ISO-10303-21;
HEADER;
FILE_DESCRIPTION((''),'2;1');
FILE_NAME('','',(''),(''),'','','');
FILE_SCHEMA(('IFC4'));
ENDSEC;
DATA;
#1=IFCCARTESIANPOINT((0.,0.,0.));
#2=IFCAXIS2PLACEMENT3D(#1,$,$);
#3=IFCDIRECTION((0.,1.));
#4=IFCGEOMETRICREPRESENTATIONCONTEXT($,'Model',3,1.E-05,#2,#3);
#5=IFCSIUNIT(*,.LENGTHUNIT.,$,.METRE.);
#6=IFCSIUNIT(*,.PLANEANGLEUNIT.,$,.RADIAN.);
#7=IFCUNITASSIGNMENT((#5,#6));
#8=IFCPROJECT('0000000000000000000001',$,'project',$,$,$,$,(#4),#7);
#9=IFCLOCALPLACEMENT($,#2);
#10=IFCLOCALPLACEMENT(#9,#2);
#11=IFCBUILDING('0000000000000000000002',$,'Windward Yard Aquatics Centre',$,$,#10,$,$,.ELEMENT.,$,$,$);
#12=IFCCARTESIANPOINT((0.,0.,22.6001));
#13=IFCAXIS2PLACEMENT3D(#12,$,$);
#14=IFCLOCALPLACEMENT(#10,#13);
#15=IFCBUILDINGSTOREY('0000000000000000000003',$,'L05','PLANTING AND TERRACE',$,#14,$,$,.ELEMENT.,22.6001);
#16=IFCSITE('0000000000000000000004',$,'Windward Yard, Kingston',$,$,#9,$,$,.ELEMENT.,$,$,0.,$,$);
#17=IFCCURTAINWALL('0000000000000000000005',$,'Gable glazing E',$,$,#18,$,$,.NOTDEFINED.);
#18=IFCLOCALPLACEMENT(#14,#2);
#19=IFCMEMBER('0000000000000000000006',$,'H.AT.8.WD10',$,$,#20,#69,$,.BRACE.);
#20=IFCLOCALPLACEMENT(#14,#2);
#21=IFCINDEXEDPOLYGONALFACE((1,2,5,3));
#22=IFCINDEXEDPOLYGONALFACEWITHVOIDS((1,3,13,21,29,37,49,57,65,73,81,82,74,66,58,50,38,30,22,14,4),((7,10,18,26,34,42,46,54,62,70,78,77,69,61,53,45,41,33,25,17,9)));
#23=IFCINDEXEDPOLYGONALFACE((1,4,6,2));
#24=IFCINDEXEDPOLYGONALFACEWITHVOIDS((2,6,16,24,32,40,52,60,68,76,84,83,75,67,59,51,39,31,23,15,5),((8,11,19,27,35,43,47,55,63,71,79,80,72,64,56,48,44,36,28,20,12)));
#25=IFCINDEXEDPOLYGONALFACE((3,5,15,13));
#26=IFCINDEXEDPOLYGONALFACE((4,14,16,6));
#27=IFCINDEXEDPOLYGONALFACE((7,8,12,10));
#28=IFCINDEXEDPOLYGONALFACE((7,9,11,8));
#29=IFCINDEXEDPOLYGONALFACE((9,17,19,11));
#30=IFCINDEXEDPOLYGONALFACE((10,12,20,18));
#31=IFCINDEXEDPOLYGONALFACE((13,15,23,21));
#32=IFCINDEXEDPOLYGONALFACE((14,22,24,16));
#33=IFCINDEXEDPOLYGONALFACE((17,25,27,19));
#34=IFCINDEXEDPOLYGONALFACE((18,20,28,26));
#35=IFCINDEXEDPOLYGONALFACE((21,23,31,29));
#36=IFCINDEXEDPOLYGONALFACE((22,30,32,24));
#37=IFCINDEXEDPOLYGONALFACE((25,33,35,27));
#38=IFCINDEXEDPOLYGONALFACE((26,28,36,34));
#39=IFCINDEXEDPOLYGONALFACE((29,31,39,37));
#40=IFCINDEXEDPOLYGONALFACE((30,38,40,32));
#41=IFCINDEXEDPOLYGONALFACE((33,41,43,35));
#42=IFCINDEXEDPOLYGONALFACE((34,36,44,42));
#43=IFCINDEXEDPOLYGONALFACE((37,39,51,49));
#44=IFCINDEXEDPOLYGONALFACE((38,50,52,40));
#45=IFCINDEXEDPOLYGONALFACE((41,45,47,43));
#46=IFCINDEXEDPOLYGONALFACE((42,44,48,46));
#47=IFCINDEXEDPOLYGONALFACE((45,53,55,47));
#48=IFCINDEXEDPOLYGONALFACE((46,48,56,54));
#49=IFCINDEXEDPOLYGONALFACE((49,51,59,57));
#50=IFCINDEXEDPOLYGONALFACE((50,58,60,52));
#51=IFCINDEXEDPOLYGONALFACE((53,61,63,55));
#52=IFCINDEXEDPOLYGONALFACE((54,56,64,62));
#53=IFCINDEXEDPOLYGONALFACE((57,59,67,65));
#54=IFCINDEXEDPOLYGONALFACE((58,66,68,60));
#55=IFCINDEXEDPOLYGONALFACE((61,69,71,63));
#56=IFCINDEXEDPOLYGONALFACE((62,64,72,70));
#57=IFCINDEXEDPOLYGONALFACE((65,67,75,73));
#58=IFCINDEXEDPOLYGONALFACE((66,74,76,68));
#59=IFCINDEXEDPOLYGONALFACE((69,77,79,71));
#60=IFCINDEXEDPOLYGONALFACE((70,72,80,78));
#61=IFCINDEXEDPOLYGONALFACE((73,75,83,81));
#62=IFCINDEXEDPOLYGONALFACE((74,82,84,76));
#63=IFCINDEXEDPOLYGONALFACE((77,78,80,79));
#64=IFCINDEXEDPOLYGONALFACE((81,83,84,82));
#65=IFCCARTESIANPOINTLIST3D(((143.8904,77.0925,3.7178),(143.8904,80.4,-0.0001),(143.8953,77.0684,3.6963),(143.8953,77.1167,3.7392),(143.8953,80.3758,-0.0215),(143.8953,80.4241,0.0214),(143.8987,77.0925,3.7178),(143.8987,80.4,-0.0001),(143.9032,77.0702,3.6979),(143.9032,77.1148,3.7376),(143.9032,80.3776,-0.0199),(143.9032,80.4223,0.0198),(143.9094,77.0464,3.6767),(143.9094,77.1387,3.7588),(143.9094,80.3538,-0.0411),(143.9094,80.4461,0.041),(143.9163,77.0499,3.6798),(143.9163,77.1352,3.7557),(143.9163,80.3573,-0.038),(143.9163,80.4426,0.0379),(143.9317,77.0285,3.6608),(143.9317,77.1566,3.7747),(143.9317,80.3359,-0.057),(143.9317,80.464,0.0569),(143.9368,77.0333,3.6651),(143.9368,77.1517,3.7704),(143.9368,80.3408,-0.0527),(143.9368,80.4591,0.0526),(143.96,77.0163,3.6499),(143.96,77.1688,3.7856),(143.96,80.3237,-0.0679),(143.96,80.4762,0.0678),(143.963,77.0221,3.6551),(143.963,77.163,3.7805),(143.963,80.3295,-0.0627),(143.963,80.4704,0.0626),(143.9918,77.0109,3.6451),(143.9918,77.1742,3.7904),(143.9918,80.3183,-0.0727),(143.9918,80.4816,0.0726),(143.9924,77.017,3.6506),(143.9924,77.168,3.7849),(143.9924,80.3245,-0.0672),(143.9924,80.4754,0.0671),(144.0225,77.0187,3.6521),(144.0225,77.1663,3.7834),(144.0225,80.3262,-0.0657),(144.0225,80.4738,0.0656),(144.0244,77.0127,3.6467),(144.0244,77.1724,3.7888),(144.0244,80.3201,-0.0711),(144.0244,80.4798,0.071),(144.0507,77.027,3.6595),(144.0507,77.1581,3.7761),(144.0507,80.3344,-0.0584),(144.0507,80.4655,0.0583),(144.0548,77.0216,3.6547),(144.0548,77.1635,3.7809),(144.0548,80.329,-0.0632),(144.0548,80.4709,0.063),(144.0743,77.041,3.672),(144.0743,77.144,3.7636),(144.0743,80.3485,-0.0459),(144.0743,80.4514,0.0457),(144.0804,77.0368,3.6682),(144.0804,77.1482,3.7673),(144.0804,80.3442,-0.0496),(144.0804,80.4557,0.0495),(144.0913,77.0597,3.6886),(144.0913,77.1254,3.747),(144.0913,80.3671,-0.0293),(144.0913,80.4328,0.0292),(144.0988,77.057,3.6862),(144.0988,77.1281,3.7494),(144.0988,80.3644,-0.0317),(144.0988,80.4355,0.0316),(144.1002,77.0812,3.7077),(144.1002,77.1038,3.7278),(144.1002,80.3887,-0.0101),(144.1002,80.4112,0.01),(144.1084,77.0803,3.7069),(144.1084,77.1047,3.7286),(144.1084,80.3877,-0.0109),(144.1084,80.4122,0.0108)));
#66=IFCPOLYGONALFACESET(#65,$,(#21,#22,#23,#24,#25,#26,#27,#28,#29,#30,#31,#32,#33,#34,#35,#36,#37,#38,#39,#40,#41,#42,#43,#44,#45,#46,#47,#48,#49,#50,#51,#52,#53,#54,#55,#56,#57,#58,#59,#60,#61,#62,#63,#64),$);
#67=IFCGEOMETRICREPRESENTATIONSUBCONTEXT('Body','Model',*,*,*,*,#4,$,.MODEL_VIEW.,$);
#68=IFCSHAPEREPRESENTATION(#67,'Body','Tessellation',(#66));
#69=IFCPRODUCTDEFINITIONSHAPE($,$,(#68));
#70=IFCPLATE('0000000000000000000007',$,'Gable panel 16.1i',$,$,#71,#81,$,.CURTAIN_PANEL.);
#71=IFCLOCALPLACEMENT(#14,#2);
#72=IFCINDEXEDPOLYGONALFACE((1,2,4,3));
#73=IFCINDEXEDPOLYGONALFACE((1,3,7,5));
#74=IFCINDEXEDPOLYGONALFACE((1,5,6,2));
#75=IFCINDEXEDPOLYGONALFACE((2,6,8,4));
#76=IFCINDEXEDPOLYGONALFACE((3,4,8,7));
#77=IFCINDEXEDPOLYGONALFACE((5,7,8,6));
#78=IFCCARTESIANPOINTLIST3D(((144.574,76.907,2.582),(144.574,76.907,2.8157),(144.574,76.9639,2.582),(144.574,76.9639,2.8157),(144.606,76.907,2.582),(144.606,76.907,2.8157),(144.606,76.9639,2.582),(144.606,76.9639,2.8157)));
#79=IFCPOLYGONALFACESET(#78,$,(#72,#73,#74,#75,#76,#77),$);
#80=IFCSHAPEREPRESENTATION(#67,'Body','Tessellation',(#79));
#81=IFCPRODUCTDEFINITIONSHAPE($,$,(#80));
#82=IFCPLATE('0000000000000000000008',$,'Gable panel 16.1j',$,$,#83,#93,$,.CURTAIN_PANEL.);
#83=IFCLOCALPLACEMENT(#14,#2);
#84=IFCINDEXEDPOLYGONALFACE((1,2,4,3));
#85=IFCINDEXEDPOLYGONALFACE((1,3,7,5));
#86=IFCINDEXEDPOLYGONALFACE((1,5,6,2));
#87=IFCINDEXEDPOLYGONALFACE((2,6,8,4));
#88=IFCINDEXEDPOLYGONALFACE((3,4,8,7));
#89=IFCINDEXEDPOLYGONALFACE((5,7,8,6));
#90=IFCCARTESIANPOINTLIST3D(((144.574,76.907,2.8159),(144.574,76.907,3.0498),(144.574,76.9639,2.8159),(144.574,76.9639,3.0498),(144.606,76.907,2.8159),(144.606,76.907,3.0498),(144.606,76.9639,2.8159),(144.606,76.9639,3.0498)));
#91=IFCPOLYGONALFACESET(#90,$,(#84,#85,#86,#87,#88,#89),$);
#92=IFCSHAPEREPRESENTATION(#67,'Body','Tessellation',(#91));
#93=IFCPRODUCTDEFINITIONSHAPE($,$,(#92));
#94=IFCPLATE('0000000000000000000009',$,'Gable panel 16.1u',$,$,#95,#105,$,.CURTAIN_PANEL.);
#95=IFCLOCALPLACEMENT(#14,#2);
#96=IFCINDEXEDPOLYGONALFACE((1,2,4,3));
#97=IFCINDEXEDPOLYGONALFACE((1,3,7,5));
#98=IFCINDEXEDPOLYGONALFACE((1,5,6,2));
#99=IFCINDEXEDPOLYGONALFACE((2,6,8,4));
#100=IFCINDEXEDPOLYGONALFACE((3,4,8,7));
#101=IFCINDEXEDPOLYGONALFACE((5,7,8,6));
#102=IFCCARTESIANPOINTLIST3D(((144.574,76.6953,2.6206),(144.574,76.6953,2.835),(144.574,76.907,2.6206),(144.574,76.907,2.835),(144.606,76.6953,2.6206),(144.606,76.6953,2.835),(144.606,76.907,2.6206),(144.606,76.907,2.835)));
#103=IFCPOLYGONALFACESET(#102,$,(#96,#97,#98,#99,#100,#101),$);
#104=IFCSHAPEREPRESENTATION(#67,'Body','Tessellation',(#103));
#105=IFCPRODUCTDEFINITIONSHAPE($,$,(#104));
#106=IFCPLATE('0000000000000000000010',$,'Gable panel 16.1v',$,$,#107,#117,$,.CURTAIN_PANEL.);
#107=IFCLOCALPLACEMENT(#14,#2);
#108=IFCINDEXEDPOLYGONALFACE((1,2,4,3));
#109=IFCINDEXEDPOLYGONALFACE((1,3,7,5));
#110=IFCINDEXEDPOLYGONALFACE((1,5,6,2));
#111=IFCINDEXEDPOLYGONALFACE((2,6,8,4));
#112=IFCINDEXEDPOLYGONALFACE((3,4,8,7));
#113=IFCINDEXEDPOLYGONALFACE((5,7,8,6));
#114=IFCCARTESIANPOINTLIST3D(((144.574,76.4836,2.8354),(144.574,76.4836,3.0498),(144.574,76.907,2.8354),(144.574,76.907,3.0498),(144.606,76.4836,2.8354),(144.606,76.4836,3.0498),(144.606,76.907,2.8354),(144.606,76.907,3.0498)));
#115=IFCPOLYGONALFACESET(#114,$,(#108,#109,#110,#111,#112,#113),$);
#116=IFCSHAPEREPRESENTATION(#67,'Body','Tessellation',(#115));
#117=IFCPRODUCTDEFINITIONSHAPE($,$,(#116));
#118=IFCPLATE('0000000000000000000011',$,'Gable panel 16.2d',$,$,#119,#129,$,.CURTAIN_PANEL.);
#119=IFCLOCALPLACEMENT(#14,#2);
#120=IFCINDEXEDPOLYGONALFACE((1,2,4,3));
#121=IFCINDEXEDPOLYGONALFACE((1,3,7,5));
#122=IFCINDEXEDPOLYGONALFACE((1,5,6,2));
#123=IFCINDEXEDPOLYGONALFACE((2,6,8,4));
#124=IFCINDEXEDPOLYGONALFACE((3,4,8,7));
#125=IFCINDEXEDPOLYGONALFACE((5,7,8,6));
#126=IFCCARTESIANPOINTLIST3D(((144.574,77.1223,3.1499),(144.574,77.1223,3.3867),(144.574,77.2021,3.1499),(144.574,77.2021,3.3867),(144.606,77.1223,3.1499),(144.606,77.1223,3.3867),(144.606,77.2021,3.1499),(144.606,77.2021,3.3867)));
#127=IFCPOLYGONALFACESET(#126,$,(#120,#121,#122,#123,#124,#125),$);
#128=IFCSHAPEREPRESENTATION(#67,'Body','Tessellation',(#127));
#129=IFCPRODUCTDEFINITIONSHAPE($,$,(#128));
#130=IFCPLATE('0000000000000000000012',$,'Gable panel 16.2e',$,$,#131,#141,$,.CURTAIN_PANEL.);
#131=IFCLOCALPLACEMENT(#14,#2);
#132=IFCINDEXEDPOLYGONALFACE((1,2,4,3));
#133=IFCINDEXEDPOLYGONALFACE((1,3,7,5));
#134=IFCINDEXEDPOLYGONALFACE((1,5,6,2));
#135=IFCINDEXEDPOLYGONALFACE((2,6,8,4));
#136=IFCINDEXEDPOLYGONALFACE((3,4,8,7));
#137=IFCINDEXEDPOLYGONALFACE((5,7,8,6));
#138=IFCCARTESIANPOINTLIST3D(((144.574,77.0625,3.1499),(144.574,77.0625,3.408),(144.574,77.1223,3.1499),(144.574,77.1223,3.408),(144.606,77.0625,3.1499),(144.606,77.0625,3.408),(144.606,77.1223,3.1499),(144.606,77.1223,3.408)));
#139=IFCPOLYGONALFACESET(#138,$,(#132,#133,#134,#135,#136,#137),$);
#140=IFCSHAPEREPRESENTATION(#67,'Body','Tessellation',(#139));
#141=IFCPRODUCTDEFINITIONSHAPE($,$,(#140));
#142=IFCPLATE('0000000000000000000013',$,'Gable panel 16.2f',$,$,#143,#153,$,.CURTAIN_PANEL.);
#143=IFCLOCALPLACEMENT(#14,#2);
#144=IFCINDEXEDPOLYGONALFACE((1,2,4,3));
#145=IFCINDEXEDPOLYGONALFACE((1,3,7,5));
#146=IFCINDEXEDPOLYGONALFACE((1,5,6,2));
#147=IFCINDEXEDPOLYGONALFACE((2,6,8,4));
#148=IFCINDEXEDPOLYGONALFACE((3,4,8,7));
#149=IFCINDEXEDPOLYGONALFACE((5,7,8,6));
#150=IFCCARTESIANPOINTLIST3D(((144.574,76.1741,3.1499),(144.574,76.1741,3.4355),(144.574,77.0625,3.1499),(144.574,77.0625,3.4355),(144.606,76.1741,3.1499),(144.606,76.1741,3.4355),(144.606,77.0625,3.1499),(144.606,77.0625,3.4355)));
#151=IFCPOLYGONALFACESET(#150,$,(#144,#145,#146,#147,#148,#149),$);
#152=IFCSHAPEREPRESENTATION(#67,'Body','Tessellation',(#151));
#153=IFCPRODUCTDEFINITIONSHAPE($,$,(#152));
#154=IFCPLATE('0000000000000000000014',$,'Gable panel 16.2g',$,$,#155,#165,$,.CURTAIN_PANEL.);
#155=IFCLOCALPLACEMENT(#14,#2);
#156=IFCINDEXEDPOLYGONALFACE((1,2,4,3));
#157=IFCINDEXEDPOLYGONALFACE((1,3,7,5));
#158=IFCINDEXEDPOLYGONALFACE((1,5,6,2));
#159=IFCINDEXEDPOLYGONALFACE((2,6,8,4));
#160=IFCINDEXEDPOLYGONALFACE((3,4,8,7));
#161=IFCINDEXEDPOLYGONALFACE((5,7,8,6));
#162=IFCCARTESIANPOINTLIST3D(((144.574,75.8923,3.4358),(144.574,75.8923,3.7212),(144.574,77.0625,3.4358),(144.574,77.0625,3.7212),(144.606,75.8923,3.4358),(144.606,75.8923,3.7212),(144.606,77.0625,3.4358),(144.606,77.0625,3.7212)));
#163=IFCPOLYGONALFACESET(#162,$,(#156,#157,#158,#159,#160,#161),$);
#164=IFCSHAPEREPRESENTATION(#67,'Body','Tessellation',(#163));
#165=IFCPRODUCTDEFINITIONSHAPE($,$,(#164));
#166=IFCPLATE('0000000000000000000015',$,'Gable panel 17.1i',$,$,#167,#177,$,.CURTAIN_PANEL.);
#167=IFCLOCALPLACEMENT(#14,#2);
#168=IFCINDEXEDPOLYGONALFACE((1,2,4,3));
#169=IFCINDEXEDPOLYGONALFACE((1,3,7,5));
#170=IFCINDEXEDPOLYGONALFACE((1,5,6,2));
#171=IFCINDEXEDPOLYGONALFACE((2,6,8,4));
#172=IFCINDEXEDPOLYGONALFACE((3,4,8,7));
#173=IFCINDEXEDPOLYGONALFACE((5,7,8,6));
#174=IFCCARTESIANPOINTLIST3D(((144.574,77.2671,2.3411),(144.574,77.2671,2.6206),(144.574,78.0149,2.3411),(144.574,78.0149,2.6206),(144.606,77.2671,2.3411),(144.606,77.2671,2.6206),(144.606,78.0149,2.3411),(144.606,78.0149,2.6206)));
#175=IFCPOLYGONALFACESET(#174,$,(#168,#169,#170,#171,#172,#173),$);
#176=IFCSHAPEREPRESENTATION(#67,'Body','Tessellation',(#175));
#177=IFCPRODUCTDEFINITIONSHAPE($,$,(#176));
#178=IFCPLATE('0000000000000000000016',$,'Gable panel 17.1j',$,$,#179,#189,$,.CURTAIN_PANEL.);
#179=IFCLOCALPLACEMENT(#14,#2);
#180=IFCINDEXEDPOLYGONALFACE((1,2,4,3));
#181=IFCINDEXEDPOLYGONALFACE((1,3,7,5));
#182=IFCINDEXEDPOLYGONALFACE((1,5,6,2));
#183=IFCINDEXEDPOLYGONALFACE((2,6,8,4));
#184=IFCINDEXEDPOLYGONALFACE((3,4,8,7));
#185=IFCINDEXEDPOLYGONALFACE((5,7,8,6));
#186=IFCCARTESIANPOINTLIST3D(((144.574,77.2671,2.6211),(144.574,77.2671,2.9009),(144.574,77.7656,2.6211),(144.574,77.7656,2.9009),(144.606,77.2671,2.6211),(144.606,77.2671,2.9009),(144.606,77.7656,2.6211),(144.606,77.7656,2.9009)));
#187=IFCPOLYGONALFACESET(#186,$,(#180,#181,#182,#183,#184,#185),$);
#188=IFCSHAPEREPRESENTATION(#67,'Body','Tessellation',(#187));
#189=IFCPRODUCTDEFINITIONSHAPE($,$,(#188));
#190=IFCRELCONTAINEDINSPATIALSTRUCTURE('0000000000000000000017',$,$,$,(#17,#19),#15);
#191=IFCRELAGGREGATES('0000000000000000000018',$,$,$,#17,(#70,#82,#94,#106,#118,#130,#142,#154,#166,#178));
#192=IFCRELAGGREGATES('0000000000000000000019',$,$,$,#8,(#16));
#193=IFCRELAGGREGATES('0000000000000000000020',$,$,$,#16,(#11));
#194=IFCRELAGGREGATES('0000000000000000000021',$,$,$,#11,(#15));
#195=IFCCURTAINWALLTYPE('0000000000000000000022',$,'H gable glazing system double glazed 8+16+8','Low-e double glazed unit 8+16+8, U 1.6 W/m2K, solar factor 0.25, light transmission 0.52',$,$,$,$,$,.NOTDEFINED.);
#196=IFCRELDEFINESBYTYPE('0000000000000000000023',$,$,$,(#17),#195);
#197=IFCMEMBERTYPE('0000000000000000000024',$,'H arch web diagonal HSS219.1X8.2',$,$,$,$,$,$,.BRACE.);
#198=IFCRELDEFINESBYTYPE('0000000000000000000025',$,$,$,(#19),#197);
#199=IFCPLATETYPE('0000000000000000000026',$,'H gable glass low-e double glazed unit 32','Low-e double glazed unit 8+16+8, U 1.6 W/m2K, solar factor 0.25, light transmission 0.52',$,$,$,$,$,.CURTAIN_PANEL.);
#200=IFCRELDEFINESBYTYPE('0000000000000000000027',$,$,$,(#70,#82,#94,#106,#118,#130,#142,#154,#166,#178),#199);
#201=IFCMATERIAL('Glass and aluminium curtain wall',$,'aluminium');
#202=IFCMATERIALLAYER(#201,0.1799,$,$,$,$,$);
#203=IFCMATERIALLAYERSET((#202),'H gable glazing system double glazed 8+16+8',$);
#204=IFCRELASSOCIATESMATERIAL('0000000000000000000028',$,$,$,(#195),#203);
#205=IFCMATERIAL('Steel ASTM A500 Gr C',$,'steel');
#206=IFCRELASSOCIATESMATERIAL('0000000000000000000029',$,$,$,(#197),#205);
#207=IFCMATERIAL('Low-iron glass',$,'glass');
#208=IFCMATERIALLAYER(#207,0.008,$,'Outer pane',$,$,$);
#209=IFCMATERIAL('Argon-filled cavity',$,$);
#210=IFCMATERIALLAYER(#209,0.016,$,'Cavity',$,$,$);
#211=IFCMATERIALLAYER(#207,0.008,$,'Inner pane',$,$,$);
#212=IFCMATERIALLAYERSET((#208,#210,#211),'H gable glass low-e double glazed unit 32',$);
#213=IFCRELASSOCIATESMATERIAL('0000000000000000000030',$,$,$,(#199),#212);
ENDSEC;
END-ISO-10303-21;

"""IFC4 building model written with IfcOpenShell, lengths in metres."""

from ifc_helpers import new_model, si_unit, direction, frame, origin, origin_2d, place, context, subcontext, project, spatial, polyline, hollow_circle, outline, extrude, material, layer, layer_set, material_profile, profile_set, type_object, element, aggregate, save


model = new_model("IFC4")

# Units and contexts
model_context = context("Model", 3, precision=1e-05, world=origin(), true_north=direction((0.0, 1.0)))
body_context = subcontext(model_context, "Body", "Model", "MODEL_VIEW")
ifc_project = project(units=[si_unit("LENGTHUNIT", "METRE"), si_unit("PLANEANGLEUNIT", "RADIAN")], contexts=[model_context])

# Site, building, storey
site_placement = place(None, origin())
site = spatial("IfcSite", under=ifc_project, at=site_placement, Name="Windward Yard, Kingston", CompositionType="ELEMENT", RefElevation=0.0)
building_placement = place(site_placement, origin())
building = spatial("IfcBuilding", under=site, at=building_placement, Name="Windward Yard Aquatics Centre", CompositionType="ELEMENT")
storey_placement = place(building_placement, frame((0.0, 0.0, 22.6001)))
storey = spatial("IfcBuildingStorey", under=building, at=storey_placement, Name="L05", Description="PLANTING AND TERRACE", CompositionType="ELEMENT", Elevation=22.6001)

# Curtain wall
ifc_material_1 = material(Name="Glass and aluminium curtain wall", Category="aluminium")
ifc_layer_1 = layer(ifc_material_1, 0.1799)
ifc_layer_set_1 = layer_set([ifc_layer_1], Name="H gable glazing system double glazed 8+16+8")
curtain_wall_type = type_object("IfcCurtainWallType", Name="H gable glazing system double glazed 8+16+8", Description="Low-e double glazed unit 8+16+8, U 1.6 W/m2K, solar factor 0.25, light transmission 0.52", PredefinedType="NOTDEFINED", material=ifc_layer_set_1)
curtain_wall_placement = place(storey_placement, origin())
curtain_wall = element("IfcCurtainWall", 1, at=curtain_wall_placement, inside=storey, type_object=curtain_wall_type, Name="Gable glazing E", PredefinedType="NOTDEFINED")

# Member
ifc_material_2 = material(Name="Steel ASTM A500 Gr C", Category="steel")
ifc_material_profile_1 = material_profile(ifc_material_2, hollow_circle(Radius=0.1096, WallThickness=0.0083, at=origin_2d()), Name="HSS219.1X8.2")
ifc_profile_set_1 = profile_set([ifc_material_profile_1], Name="Steel ASTM A500 Gr C")
member_type_1 = type_object("IfcMemberType", Name="H arch web diagonal HSS219.1X8.2", PredefinedType="BRACE", material=ifc_profile_set_1)
member_1_placement = place(storey_placement, frame((144.0, 77.0925, 3.7178), z_axis=(0.0, 0.664665, -0.747141), x_axis=(-1.0, 0.0, 0.0)))
element("IfcMember", 2, at=member_1_placement, inside=storey, type_object=member_type_1, Name="H.AT.8.WD10", PredefinedType="BRACE", context=body_context, shape_type="SweptSolid", body=[
    extrude(hollow_circle(Radius=0.1096, WallThickness=0.0083, at=origin_2d()), origin(), (0.0, 0.0, 1.0), 4.9761),
])

# Plates
ifc_material_3 = material(Name="Low-iron glass", Category="glass")
ifc_layer_2 = layer(ifc_material_3, 0.008, Name="Outer pane")
ifc_material_4 = material(Name="Argon-filled cavity")
ifc_layer_3 = layer(ifc_material_4, 0.016, Name="Cavity")
ifc_layer_4 = layer(ifc_material_3, 0.008, Name="Inner pane")
ifc_layer_set_2 = layer_set([ifc_layer_2, ifc_layer_3, ifc_layer_4], Name="H gable glass low-e double glazed unit 32")
plate_type = type_object("IfcPlateType", Name="H gable glass low-e double glazed unit 32", Description="Low-e double glazed unit 8+16+8, U 1.6 W/m2K, solar factor 0.25, light transmission 0.52", PredefinedType="CURTAIN_PANEL", material=ifc_layer_set_2)
plate_1_placement = place(storey_placement, frame((144.606, 76.907, 2.582), z_axis=(1.0, 0.0, 0.0), x_axis=(0.0, 1.0, 0.0)))
plate_1 = element("IfcPlate", 3, at=plate_1_placement, type_object=plate_type, Name="Gable panel 16.1i", PredefinedType="CURTAIN_PANEL", context=body_context, shape_type="SweptSolid", body=[
    extrude(outline(polyline([(0.0, 0.0), (0.0569, 0.0), (0.0569, 0.2336), (0.0, 0.2336), (0.0, 0.0)])), origin(), (0.0, 0.0, -1.0), 0.032),
])
plate_2_placement = place(storey_placement, frame((144.606, 76.907, 2.8159), z_axis=(1.0, 0.0, 0.0), x_axis=(0.0, 1.0, 0.0)))
plate_2 = element("IfcPlate", 4, at=plate_2_placement, type_object=plate_type, Name="Gable panel 16.1j", PredefinedType="CURTAIN_PANEL", context=body_context, shape_type="SweptSolid", body=[
    extrude(outline(polyline([(0.0, 0.0), (0.0569, 0.0), (0.0569, 0.2339), (0.0, 0.2339), (0.0, 0.0)])), origin(), (0.0, 0.0, -1.0), 0.032),
])
plate_3_placement = place(storey_placement, frame((144.606, 76.6953, 2.6206), z_axis=(1.0, 0.0, 0.0), x_axis=(0.0, 1.0, 0.0)))
plate_3 = element("IfcPlate", 5, at=plate_3_placement, type_object=plate_type, Name="Gable panel 16.1u", PredefinedType="CURTAIN_PANEL", context=body_context, shape_type="SweptSolid", body=[
    extrude(outline(polyline([(0.0, 0.0), (0.2117, 0.0), (0.2117, 0.2144), (0.0, 0.2144), (0.0, 0.0)])), origin(), (0.0, 0.0, -1.0), 0.032),
])
plate_4_placement = place(storey_placement, frame((144.606, 76.4836, 2.8354), z_axis=(1.0, 0.0, 0.0), x_axis=(0.0, 1.0, 0.0)))
plate_4 = element("IfcPlate", 6, at=plate_4_placement, type_object=plate_type, Name="Gable panel 16.1v", PredefinedType="CURTAIN_PANEL", context=body_context, shape_type="SweptSolid", body=[
    extrude(outline(polyline([(0.0, 0.0), (0.4233, 0.0), (0.4233, 0.2144), (0.0, 0.2144), (0.0, 0.0)])), origin(), (0.0, 0.0, -1.0), 0.032),
])
plate_5_placement = place(storey_placement, frame((144.606, 77.1223, 3.1499), z_axis=(1.0, 0.0, 0.0), x_axis=(0.0, 1.0, 0.0)))
plate_5 = element("IfcPlate", 7, at=plate_5_placement, type_object=plate_type, Name="Gable panel 16.2d", PredefinedType="CURTAIN_PANEL", context=body_context, shape_type="SweptSolid", body=[
    extrude(outline(polyline([(0.0, 0.0), (0.0798, 0.0), (0.0798, 0.2368), (0.0, 0.2368), (0.0, 0.0)])), origin(), (0.0, 0.0, -1.0), 0.032),
])
plate_6_placement = place(storey_placement, frame((144.606, 77.0625, 3.1499), z_axis=(1.0, 0.0, 0.0), x_axis=(0.0, 1.0, 0.0)))
plate_6 = element("IfcPlate", 8, at=plate_6_placement, type_object=plate_type, Name="Gable panel 16.2e", PredefinedType="CURTAIN_PANEL", context=body_context, shape_type="SweptSolid", body=[
    extrude(outline(polyline([(0.0, 0.0), (0.0598, 0.0), (0.0598, 0.2581), (0.0, 0.2581), (0.0, 0.0)])), origin(), (0.0, 0.0, -1.0), 0.032),
])
plate_7_placement = place(storey_placement, frame((144.606, 76.1741, 3.1499), z_axis=(1.0, 0.0, 0.0), x_axis=(0.0, 1.0, 0.0)))
plate_7 = element("IfcPlate", 9, at=plate_7_placement, type_object=plate_type, Name="Gable panel 16.2f", PredefinedType="CURTAIN_PANEL", context=body_context, shape_type="SweptSolid", body=[
    extrude(outline(polyline([(0.0, 0.0), (0.8884, 0.0), (0.8884, 0.2856), (0.0, 0.2856), (0.0, 0.0)])), origin(), (0.0, 0.0, -1.0), 0.032),
])
plate_8_placement = place(storey_placement, frame((144.606, 75.8923, 3.4358), z_axis=(1.0, 0.0, 0.0), x_axis=(0.0, 1.0, 0.0)))
plate_8 = element("IfcPlate", 10, at=plate_8_placement, type_object=plate_type, Name="Gable panel 16.2g", PredefinedType="CURTAIN_PANEL", context=body_context, shape_type="SweptSolid", body=[
    extrude(outline(polyline([(0.0, 0.0), (1.1702, 0.0), (1.1702, 0.2854), (0.0, 0.2854), (0.0, 0.0)])), origin(), (0.0, 0.0, -1.0), 0.032),
])
plate_9_placement = place(storey_placement, frame((144.606, 77.2671, 2.3411), z_axis=(1.0, 0.0, 0.0), x_axis=(0.0, 1.0, 0.0)))
plate_9 = element("IfcPlate", 11, at=plate_9_placement, type_object=plate_type, Name="Gable panel 17.1i", PredefinedType="CURTAIN_PANEL", context=body_context, shape_type="SweptSolid", body=[
    extrude(outline(polyline([(0.0, 0.0), (0.7478, 0.0), (0.7478, 0.2795), (0.0, 0.2795), (0.0, 0.0)])), origin(), (0.0, 0.0, -1.0), 0.032),
])
plate_10_placement = place(storey_placement, frame((144.606, 77.2671, 2.6211), z_axis=(1.0, 0.0, 0.0), x_axis=(0.0, 1.0, 0.0)))
plate_10 = element("IfcPlate", 12, at=plate_10_placement, type_object=plate_type, Name="Gable panel 17.1j", PredefinedType="CURTAIN_PANEL", context=body_context, shape_type="SweptSolid", body=[
    extrude(outline(polyline([(0.0, 0.0), (0.4985, 0.0), (0.4985, 0.2798), (0.0, 0.2798), (0.0, 0.0)])), origin(), (0.0, 0.0, -1.0), 0.032),
])

aggregate(curtain_wall, [plate_1, plate_2, plate_3, plate_4, plate_5, plate_6, plate_7, plate_8, plate_9, plate_10])

save(model, "model.ifc")
